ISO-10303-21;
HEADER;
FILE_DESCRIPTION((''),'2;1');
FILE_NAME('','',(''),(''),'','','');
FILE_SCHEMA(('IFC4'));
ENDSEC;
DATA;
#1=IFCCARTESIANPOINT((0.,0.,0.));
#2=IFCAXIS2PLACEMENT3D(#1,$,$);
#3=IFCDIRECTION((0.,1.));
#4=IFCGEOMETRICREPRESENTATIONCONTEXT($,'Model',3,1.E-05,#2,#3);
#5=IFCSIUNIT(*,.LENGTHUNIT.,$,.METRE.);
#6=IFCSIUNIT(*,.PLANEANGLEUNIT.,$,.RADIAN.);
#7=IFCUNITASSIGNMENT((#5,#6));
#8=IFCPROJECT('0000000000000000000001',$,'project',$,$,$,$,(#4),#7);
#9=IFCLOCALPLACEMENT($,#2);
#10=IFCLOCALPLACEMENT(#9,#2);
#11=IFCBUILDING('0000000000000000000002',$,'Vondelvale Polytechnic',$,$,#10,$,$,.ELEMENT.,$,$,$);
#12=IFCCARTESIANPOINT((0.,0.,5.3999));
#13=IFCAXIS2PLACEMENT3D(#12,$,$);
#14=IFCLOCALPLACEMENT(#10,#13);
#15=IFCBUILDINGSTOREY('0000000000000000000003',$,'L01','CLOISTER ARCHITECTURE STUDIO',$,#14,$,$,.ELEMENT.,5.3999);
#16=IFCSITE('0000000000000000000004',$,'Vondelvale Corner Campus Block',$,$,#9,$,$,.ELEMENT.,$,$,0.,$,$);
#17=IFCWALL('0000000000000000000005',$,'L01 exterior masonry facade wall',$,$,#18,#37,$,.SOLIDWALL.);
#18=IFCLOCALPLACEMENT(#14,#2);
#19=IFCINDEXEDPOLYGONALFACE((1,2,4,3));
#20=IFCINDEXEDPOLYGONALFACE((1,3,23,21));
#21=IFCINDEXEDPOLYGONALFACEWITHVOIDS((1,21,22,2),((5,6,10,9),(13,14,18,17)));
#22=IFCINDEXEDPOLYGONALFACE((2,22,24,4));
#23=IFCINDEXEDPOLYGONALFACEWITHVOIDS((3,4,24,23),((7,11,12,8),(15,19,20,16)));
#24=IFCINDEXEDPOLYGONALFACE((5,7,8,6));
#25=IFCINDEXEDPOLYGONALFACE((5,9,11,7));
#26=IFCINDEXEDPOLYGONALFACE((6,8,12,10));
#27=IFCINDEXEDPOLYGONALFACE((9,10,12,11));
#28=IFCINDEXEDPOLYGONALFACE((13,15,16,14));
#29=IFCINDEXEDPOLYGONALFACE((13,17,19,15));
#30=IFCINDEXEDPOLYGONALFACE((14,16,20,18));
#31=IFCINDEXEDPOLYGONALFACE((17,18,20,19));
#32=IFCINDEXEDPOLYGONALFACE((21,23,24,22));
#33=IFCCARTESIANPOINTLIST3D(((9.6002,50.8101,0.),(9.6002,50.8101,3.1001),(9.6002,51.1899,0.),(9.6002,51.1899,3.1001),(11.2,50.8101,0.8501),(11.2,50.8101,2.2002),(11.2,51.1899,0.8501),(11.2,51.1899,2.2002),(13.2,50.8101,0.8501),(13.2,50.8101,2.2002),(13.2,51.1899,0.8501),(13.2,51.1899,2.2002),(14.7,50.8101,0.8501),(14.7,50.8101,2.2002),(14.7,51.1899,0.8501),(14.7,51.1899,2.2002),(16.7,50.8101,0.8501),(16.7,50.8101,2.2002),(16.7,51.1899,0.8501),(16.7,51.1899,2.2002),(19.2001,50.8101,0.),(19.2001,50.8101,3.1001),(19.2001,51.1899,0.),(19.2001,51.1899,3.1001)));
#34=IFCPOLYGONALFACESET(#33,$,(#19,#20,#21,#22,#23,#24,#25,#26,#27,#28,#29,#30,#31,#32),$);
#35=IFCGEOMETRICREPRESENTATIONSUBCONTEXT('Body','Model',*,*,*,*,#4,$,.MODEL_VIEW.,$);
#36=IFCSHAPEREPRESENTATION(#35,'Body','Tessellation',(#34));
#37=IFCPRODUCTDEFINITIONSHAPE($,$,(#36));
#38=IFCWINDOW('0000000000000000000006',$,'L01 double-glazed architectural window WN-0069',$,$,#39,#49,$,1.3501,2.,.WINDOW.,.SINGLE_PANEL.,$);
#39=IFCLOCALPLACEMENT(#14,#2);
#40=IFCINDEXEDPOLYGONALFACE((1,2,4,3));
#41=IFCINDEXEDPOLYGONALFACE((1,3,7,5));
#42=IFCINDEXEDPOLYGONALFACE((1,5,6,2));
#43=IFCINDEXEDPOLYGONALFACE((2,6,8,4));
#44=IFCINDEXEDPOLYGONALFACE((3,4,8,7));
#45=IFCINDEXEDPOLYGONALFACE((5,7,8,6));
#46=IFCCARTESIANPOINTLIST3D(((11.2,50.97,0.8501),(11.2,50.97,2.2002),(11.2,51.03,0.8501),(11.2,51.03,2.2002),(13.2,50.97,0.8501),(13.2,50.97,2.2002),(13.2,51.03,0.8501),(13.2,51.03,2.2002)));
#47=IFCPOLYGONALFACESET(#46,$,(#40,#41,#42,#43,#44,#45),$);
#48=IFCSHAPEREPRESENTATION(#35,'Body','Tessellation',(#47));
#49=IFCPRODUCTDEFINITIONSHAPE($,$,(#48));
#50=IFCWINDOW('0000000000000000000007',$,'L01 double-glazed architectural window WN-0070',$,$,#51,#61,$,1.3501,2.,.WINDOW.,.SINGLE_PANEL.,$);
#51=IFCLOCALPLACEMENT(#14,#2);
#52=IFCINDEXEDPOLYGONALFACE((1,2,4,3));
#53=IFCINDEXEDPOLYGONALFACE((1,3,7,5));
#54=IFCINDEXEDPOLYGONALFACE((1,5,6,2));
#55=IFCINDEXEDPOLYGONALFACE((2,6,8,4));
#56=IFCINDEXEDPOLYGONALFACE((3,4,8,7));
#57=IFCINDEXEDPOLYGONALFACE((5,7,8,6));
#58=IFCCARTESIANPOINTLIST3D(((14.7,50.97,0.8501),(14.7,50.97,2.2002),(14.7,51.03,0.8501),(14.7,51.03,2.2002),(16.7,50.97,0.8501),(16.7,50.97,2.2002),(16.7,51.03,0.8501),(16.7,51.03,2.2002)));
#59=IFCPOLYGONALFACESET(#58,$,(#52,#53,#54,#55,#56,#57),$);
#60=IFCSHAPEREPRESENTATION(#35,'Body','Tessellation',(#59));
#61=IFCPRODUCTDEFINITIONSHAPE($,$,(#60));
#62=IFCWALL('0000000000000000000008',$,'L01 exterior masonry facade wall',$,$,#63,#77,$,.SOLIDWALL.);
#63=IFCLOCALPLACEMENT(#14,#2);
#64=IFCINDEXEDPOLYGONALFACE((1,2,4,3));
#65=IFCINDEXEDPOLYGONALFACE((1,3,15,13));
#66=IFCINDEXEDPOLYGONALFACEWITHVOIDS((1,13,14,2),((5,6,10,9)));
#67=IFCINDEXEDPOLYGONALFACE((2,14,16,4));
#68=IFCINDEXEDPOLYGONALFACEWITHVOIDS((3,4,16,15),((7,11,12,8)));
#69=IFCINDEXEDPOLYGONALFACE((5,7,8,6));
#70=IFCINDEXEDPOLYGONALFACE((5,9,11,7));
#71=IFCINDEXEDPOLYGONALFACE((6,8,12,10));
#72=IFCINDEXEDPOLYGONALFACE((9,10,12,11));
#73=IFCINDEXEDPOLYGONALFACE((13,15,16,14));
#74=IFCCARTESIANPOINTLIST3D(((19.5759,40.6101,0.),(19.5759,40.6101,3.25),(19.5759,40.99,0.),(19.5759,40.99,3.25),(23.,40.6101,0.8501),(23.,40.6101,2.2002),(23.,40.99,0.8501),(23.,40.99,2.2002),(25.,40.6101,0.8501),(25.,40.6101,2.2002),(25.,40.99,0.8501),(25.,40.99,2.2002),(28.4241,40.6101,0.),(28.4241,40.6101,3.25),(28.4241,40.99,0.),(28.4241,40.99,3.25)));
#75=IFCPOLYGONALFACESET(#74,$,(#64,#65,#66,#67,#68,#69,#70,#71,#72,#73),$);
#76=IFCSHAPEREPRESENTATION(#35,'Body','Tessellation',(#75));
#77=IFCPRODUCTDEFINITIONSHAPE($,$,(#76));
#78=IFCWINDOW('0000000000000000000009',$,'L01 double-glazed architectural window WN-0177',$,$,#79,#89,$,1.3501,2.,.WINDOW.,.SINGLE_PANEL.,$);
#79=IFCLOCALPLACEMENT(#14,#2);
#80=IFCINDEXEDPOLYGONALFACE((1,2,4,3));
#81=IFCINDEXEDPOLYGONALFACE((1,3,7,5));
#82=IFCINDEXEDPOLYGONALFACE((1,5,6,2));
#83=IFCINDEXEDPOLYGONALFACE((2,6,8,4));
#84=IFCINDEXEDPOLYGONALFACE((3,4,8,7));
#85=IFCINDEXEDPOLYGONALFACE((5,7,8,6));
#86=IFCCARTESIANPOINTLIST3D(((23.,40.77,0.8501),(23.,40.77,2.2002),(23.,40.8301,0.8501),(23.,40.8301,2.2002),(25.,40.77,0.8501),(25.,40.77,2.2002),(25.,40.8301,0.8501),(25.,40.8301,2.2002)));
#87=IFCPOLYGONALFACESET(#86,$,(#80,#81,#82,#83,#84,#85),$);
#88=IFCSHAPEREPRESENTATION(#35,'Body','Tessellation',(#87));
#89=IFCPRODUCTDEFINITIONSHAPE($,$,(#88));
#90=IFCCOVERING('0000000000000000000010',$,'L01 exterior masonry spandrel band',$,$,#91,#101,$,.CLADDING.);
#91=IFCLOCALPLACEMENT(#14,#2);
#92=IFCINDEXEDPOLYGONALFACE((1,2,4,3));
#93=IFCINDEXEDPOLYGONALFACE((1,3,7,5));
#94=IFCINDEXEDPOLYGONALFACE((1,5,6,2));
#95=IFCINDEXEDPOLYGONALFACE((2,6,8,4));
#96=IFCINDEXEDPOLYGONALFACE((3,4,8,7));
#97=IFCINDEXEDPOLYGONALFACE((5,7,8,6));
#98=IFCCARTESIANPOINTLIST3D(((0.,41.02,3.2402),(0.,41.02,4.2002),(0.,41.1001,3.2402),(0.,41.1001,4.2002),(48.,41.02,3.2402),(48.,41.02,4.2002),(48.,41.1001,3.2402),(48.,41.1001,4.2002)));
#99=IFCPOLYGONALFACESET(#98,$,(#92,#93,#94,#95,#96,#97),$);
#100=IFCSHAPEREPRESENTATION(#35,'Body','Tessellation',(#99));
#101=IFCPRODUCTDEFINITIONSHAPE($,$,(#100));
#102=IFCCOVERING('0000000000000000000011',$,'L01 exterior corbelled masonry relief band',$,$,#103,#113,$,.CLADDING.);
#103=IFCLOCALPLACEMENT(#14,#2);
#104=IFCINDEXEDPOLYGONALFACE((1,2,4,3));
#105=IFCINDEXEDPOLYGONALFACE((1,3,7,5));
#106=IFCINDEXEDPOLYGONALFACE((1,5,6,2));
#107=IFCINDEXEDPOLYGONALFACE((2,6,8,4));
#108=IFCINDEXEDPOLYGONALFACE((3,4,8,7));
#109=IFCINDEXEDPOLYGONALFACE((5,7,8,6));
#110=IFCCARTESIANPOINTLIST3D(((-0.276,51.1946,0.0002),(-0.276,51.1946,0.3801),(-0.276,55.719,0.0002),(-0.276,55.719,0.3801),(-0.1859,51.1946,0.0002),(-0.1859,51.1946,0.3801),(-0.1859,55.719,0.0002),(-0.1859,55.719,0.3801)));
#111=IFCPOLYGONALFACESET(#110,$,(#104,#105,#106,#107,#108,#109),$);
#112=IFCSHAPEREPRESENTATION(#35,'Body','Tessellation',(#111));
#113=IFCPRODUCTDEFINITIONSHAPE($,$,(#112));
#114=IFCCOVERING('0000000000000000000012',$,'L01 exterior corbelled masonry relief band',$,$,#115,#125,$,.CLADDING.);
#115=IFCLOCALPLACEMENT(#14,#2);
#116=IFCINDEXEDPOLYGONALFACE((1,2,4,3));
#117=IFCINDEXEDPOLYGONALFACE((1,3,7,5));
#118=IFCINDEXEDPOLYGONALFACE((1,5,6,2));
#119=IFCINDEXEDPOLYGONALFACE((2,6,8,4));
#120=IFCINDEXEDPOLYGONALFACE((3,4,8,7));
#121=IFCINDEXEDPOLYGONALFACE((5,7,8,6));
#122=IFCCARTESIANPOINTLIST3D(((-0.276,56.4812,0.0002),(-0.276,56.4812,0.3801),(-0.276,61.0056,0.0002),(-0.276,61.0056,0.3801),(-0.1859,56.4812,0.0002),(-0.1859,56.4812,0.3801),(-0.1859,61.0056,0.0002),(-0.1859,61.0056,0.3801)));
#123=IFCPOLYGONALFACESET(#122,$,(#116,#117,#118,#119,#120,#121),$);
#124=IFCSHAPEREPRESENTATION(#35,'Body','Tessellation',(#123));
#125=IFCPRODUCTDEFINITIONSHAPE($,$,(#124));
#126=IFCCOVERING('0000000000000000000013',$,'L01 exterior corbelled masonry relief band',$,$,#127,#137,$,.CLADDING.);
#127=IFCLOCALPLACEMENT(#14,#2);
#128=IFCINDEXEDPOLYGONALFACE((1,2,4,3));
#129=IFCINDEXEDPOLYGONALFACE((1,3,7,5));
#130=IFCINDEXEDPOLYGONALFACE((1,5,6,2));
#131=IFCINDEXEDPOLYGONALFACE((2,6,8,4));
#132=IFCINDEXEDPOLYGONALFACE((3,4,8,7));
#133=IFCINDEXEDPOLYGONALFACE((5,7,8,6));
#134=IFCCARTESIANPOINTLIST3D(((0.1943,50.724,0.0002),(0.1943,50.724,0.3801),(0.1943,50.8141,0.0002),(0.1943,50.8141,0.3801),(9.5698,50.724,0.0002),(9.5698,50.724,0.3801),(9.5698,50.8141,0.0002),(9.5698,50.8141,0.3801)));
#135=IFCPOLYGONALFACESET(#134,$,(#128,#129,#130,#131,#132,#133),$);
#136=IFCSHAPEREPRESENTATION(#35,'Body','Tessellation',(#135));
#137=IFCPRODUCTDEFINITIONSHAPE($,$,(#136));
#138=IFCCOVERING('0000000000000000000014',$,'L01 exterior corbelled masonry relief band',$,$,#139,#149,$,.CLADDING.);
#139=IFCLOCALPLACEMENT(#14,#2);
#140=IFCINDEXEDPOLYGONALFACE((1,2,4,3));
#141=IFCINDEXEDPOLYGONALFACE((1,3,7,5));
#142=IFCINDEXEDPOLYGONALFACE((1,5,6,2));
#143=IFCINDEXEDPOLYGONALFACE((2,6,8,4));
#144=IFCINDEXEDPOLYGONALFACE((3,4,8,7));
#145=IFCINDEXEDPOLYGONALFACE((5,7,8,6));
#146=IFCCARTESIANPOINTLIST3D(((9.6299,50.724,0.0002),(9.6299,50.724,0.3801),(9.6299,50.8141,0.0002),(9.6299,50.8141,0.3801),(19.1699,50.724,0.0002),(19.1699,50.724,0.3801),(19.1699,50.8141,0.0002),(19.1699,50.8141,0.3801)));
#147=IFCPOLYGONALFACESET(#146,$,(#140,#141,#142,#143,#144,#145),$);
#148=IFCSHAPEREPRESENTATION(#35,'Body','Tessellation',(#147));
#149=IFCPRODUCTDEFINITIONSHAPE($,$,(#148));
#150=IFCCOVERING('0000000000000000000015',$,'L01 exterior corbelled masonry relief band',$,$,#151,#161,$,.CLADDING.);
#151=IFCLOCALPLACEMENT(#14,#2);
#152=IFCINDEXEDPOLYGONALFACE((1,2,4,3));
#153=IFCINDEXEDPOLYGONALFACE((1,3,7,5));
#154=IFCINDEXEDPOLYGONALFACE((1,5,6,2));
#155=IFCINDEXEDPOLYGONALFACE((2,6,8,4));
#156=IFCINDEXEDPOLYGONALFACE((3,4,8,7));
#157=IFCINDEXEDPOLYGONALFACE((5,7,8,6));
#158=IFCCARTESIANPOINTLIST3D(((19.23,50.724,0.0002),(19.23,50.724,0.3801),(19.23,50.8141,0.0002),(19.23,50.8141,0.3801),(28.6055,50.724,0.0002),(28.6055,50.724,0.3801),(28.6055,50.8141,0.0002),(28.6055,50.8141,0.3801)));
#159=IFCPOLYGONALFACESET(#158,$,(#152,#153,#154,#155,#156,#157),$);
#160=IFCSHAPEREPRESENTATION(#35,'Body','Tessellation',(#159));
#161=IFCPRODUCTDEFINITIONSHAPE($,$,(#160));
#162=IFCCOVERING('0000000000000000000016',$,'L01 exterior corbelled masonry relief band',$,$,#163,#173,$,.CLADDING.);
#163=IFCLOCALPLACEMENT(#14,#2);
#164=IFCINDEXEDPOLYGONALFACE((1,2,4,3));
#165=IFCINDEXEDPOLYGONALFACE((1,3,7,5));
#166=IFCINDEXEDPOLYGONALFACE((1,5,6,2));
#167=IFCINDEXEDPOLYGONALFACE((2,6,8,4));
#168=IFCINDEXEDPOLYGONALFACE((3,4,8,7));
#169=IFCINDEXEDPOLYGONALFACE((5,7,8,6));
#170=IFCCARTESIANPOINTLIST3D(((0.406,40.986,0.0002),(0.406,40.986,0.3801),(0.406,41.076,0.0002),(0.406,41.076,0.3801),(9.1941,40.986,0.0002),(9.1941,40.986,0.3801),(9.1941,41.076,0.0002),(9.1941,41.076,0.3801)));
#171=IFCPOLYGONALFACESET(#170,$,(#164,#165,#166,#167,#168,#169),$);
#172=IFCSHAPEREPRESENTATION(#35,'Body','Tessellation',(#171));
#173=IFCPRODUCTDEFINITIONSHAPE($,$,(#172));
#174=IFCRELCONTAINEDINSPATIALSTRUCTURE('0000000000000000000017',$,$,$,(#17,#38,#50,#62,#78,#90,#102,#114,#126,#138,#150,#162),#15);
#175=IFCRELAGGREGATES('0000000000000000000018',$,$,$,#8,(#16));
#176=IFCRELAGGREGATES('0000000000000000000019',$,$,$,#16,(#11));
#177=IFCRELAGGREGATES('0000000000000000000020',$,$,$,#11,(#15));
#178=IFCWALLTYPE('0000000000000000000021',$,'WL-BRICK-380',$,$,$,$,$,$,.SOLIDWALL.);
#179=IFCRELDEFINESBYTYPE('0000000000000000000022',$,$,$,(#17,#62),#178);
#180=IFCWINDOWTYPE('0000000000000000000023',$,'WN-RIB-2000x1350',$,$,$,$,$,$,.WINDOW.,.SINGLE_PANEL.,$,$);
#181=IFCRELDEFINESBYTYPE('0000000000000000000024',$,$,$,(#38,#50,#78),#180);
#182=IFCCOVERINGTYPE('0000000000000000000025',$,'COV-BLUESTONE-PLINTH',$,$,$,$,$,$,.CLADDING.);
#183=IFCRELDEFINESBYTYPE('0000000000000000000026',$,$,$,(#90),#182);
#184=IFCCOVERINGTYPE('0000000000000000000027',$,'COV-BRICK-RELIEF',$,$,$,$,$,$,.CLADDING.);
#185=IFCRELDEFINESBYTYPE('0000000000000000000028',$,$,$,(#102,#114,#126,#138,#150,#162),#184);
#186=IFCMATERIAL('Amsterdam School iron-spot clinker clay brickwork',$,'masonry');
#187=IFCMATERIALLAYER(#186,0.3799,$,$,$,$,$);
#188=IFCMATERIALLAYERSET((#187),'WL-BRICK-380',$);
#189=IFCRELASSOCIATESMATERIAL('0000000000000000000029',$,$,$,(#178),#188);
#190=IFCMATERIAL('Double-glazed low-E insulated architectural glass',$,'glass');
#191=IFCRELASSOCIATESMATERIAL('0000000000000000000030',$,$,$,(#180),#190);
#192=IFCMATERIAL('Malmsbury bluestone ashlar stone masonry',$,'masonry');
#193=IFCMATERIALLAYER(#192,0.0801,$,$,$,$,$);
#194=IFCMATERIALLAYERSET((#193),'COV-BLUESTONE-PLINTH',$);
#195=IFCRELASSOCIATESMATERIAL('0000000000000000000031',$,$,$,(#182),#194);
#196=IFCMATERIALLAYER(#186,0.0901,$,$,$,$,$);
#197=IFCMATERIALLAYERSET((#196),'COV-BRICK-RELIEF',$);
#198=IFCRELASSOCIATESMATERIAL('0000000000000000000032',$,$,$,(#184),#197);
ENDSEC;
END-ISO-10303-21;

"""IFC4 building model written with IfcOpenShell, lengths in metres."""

from ifc_helpers import new_model, si_unit, direction, frame, frame_2d, origin, origin_2d, place, context, subcontext, project, spatial, rectangle, extrude, material, layer, layer_set, type_object, element, fill, save


model = new_model("IFC4")

# Units and contexts
model_context = context("Model", 3, precision=1e-05, world=origin(), true_north=direction((0.0, 1.0)))
body_context = subcontext(model_context, "Body", "Model", "MODEL_VIEW")
ifc_project = project(units=[si_unit("LENGTHUNIT", "METRE"), si_unit("PLANEANGLEUNIT", "RADIAN")], contexts=[model_context])

# Site, building, storey
site_placement = place(None, origin())
site = spatial("IfcSite", under=ifc_project, at=site_placement, Name="Vondelvale Corner Campus Block", CompositionType="ELEMENT", RefElevation=0.0)
building_placement = place(site_placement, origin())
building = spatial("IfcBuilding", under=site, at=building_placement, Name="Vondelvale Polytechnic", CompositionType="ELEMENT")
storey_placement = place(building_placement, frame((0.0, 0.0, 5.3999)))
storey = spatial("IfcBuildingStorey", under=building, at=storey_placement, Name="L01", Description="CLOISTER ARCHITECTURE STUDIO", CompositionType="ELEMENT", Elevation=5.3999)

# Shared definitions
ifc_material_1 = material(Name="Amsterdam School iron-spot clinker clay brickwork", Category="masonry")
ifc_layer_1 = layer(ifc_material_1, 0.3799)
ifc_layer_set_1 = layer_set([ifc_layer_1], Name="WL-BRICK-380")
wall_type = type_object("IfcWallType", Name="WL-BRICK-380", PredefinedType="SOLIDWALL", material=ifc_layer_set_1)
ifc_material_2 = material(Name="Double-glazed low-E insulated architectural glass", Category="glass")
window_type = type_object("IfcWindowType", Name="WN-RIB-2000x1350", PartitioningType="SINGLE_PANEL", PredefinedType="WINDOW", material=ifc_material_2)

# Wall, openings, windows
wall_1_placement = place(storey_placement, frame((19.2, 51.0, 0.0), z_axis=(0.0, 0.0, 1.0), x_axis=(-1.0, 0.0, 0.0)))
wall_1 = element("IfcWall", 1, at=wall_1_placement, inside=storey, type_object=wall_type, Name="L01 exterior masonry facade wall", PredefinedType="SOLIDWALL", context=body_context, shape_type="SweptSolid", body=[
    extrude(rectangle(XDim=9.5999, YDim=0.3799, at=frame_2d((4.7998, 0.0))), origin(), (0.0, 0.0, 1.0), 3.1001),
])
opening_1_placement = place(wall_1_placement, frame((6.0, 0.0, 0.8501)))
opening_1 = element("IfcOpeningElement", 2, at=opening_1_placement, cuts=wall_1, PredefinedType="OPENING", context=body_context, shape_type="SweptSolid", body=[
    extrude(rectangle(XDim=2.0, YDim=1.3501, at=frame_2d((1.0, 0.675))), frame((0.0, 0.2, 0.0), z_axis=(0.0, -1.0, 0.0), x_axis=(1.0, 0.0, 0.0)), (0.0, 0.0, 1.0), 0.3999),
])
opening_2_placement = place(wall_1_placement, frame((2.5, 0.0, 0.8501)))
opening_2 = element("IfcOpeningElement", 3, at=opening_2_placement, cuts=wall_1, PredefinedType="OPENING", context=body_context, shape_type="SweptSolid", body=[
    extrude(rectangle(XDim=2.0, YDim=1.3501, at=frame_2d((1.0, 0.675))), frame((0.0, 0.2, 0.0), z_axis=(0.0, -1.0, 0.0), x_axis=(1.0, 0.0, 0.0)), (0.0, 0.0, 1.0), 0.3999),
])
window_1_placement = place(opening_1_placement, origin())
window_1 = element("IfcWindow", 4, at=window_1_placement, inside=storey, type_object=window_type, Name="L01 double-glazed architectural window WN-0069", OverallHeight=1.3501, OverallWidth=2.0, PartitioningType="SINGLE_PANEL", PredefinedType="WINDOW", context=body_context, shape_type="SweptSolid", body=[
    extrude(rectangle(XDim=2.0, YDim=1.3501, at=frame_2d((1.0, 0.675))), frame((0.0, 0.03, 0.0), z_axis=(0.0, -1.0, 0.0), x_axis=(1.0, 0.0, 0.0)), (0.0, 0.0, 1.0), 0.0601),
])
fill(opening_1, window_1)
window_2_placement = place(opening_2_placement, origin())
window_2 = element("IfcWindow", 5, at=window_2_placement, inside=storey, type_object=window_type, Name="L01 double-glazed architectural window WN-0070", OverallHeight=1.3501, OverallWidth=2.0, PartitioningType="SINGLE_PANEL", PredefinedType="WINDOW", context=body_context, shape_type="SweptSolid", body=[
    extrude(rectangle(XDim=2.0, YDim=1.3501, at=frame_2d((1.0, 0.675))), frame((0.0, 0.03, 0.0), z_axis=(0.0, -1.0, 0.0), x_axis=(1.0, 0.0, 0.0)), (0.0, 0.0, 1.0), 0.0601),
])
fill(opening_2, window_2)

# Wall, opening, window
wall_2_placement = place(storey_placement, frame((19.5759, 40.8, 0.0), z_axis=(0.0, 0.0, 1.0), x_axis=(1.0, 0.0, 0.0)))
wall_2 = element("IfcWall", 6, at=wall_2_placement, inside=storey, type_object=wall_type, Name="L01 exterior masonry facade wall", PredefinedType="SOLIDWALL", context=body_context, shape_type="SweptSolid", body=[
    extrude(rectangle(XDim=8.8481, YDim=0.3799, at=frame_2d((4.4241, 0.0))), origin(), (0.0, 0.0, 1.0), 3.25),
])
opening_3_placement = place(wall_2_placement, frame((3.4241, 0.0, 0.8501)))
opening_3 = element("IfcOpeningElement", 7, at=opening_3_placement, cuts=wall_2, PredefinedType="OPENING", context=body_context, shape_type="SweptSolid", body=[
    extrude(rectangle(XDim=2.0, YDim=1.3501, at=frame_2d((1.0, 0.675))), frame((0.0, 0.2, 0.0), z_axis=(0.0, -1.0, 0.0), x_axis=(1.0, 0.0, 0.0)), (0.0, 0.0, 1.0), 0.3999),
])
window_3_placement = place(opening_3_placement, origin())
window_3 = element("IfcWindow", 8, at=window_3_placement, inside=storey, type_object=window_type, Name="L01 double-glazed architectural window WN-0177", OverallHeight=1.3501, OverallWidth=2.0, PartitioningType="SINGLE_PANEL", PredefinedType="WINDOW", context=body_context, shape_type="SweptSolid", body=[
    extrude(rectangle(XDim=2.0, YDim=1.3501, at=frame_2d((1.0, 0.675))), frame((0.0, 0.03, 0.0), z_axis=(0.0, -1.0, 0.0), x_axis=(1.0, 0.0, 0.0)), (0.0, 0.0, 1.0), 0.0601),
])
fill(opening_3, window_3)

# Coverings
ifc_material_3 = material(Name="Malmsbury bluestone ashlar stone masonry", Category="masonry")
ifc_layer_2 = layer(ifc_material_3, 0.0801)
ifc_layer_set_2 = layer_set([ifc_layer_2], Name="COV-BLUESTONE-PLINTH")
covering_type_1 = type_object("IfcCoveringType", Name="COV-BLUESTONE-PLINTH", PredefinedType="CLADDING", material=ifc_layer_set_2)
covering_1_placement = place(storey_placement, frame((24.0, 41.0601, 3.2402), z_axis=(0.0, 0.0, 1.0), x_axis=(1.0, 0.0, 0.0)))
element("IfcCovering", 9, at=covering_1_placement, inside=storey, type_object=covering_type_1, Name="L01 exterior masonry spandrel band", PredefinedType="CLADDING", context=body_context, shape_type="SweptSolid", body=[
    extrude(rectangle(XDim=48.0, YDim=0.0801, at=origin_2d()), origin(), (0.0, 0.0, 1.0), 0.96),
])
ifc_layer_3 = layer(ifc_material_1, 0.0901)
ifc_layer_set_3 = layer_set([ifc_layer_3], Name="COV-BRICK-RELIEF")
covering_type_2 = type_object("IfcCoveringType", Name="COV-BRICK-RELIEF", PredefinedType="CLADDING", material=ifc_layer_set_3)
for number, where, z_axis, x_axis, name in (
    (10, (-0.231, 53.4568, 0.0002), (0.0, 0.0, 1.0), (0.0, 1.0, 0.0), "L01 exterior corbelled masonry relief band"),
    (11, (-0.231, 58.7434, 0.0002), (0.0, 0.0, 1.0), (0.0, 1.0, 0.0), "L01 exterior corbelled masonry relief band"),
):
    element("IfcCovering", number, at=place(storey_placement, frame(where, z_axis=z_axis, x_axis=x_axis)), inside=storey, type_object=covering_type_2, Name=name, PredefinedType="CLADDING", context=body_context, shape_type="SweptSolid", body=[
        extrude(rectangle(XDim=4.5244, YDim=0.0901, at=origin_2d()), origin(), (0.0, 0.0, 1.0), 0.3799),
    ])
covering_2_placement = place(storey_placement, frame((4.8821, 50.769, 0.0002), z_axis=(0.0, 0.0, 1.0), x_axis=(-1.0, 0.0, 0.0)))
element("IfcCovering", 12, at=covering_2_placement, inside=storey, type_object=covering_type_2, Name="L01 exterior corbelled masonry relief band", PredefinedType="CLADDING", context=body_context, shape_type="SweptSolid", body=[
    extrude(rectangle(XDim=9.3755, YDim=0.0901, at=origin_2d()), origin(), (0.0, 0.0, 1.0), 0.3799),
])
covering_3_placement = place(storey_placement, frame((14.3999, 50.769, 0.0002), z_axis=(0.0, 0.0, 1.0), x_axis=(-1.0, 0.0, 0.0)))
element("IfcCovering", 13, at=covering_3_placement, inside=storey, type_object=covering_type_2, Name="L01 exterior corbelled masonry relief band", PredefinedType="CLADDING", context=body_context, shape_type="SweptSolid", body=[
    extrude(rectangle(XDim=9.54, YDim=0.0901, at=origin_2d()), origin(), (0.0, 0.0, 1.0), 0.3799),
])
covering_4_placement = place(storey_placement, frame((23.9177, 50.769, 0.0002), z_axis=(0.0, 0.0, 1.0), x_axis=(-1.0, 0.0, 0.0)))
element("IfcCovering", 14, at=covering_4_placement, inside=storey, type_object=covering_type_2, Name="L01 exterior corbelled masonry relief band", PredefinedType="CLADDING", context=body_context, shape_type="SweptSolid", body=[
    extrude(rectangle(XDim=9.3755, YDim=0.0901, at=origin_2d()), origin(), (0.0, 0.0, 1.0), 0.3799),
])
covering_5_placement = place(storey_placement, frame((4.8, 41.031, 0.0002), z_axis=(0.0, 0.0, 1.0), x_axis=(1.0, 0.0, 0.0)))
element("IfcCovering", 15, at=covering_5_placement, inside=storey, type_object=covering_type_2, Name="L01 exterior corbelled masonry relief band", PredefinedType="CLADDING", context=body_context, shape_type="SweptSolid", body=[
    extrude(rectangle(XDim=8.7881, YDim=0.0901, at=origin_2d()), origin(), (0.0, 0.0, 1.0), 0.3799),
])

save(model, "model.ifc")
